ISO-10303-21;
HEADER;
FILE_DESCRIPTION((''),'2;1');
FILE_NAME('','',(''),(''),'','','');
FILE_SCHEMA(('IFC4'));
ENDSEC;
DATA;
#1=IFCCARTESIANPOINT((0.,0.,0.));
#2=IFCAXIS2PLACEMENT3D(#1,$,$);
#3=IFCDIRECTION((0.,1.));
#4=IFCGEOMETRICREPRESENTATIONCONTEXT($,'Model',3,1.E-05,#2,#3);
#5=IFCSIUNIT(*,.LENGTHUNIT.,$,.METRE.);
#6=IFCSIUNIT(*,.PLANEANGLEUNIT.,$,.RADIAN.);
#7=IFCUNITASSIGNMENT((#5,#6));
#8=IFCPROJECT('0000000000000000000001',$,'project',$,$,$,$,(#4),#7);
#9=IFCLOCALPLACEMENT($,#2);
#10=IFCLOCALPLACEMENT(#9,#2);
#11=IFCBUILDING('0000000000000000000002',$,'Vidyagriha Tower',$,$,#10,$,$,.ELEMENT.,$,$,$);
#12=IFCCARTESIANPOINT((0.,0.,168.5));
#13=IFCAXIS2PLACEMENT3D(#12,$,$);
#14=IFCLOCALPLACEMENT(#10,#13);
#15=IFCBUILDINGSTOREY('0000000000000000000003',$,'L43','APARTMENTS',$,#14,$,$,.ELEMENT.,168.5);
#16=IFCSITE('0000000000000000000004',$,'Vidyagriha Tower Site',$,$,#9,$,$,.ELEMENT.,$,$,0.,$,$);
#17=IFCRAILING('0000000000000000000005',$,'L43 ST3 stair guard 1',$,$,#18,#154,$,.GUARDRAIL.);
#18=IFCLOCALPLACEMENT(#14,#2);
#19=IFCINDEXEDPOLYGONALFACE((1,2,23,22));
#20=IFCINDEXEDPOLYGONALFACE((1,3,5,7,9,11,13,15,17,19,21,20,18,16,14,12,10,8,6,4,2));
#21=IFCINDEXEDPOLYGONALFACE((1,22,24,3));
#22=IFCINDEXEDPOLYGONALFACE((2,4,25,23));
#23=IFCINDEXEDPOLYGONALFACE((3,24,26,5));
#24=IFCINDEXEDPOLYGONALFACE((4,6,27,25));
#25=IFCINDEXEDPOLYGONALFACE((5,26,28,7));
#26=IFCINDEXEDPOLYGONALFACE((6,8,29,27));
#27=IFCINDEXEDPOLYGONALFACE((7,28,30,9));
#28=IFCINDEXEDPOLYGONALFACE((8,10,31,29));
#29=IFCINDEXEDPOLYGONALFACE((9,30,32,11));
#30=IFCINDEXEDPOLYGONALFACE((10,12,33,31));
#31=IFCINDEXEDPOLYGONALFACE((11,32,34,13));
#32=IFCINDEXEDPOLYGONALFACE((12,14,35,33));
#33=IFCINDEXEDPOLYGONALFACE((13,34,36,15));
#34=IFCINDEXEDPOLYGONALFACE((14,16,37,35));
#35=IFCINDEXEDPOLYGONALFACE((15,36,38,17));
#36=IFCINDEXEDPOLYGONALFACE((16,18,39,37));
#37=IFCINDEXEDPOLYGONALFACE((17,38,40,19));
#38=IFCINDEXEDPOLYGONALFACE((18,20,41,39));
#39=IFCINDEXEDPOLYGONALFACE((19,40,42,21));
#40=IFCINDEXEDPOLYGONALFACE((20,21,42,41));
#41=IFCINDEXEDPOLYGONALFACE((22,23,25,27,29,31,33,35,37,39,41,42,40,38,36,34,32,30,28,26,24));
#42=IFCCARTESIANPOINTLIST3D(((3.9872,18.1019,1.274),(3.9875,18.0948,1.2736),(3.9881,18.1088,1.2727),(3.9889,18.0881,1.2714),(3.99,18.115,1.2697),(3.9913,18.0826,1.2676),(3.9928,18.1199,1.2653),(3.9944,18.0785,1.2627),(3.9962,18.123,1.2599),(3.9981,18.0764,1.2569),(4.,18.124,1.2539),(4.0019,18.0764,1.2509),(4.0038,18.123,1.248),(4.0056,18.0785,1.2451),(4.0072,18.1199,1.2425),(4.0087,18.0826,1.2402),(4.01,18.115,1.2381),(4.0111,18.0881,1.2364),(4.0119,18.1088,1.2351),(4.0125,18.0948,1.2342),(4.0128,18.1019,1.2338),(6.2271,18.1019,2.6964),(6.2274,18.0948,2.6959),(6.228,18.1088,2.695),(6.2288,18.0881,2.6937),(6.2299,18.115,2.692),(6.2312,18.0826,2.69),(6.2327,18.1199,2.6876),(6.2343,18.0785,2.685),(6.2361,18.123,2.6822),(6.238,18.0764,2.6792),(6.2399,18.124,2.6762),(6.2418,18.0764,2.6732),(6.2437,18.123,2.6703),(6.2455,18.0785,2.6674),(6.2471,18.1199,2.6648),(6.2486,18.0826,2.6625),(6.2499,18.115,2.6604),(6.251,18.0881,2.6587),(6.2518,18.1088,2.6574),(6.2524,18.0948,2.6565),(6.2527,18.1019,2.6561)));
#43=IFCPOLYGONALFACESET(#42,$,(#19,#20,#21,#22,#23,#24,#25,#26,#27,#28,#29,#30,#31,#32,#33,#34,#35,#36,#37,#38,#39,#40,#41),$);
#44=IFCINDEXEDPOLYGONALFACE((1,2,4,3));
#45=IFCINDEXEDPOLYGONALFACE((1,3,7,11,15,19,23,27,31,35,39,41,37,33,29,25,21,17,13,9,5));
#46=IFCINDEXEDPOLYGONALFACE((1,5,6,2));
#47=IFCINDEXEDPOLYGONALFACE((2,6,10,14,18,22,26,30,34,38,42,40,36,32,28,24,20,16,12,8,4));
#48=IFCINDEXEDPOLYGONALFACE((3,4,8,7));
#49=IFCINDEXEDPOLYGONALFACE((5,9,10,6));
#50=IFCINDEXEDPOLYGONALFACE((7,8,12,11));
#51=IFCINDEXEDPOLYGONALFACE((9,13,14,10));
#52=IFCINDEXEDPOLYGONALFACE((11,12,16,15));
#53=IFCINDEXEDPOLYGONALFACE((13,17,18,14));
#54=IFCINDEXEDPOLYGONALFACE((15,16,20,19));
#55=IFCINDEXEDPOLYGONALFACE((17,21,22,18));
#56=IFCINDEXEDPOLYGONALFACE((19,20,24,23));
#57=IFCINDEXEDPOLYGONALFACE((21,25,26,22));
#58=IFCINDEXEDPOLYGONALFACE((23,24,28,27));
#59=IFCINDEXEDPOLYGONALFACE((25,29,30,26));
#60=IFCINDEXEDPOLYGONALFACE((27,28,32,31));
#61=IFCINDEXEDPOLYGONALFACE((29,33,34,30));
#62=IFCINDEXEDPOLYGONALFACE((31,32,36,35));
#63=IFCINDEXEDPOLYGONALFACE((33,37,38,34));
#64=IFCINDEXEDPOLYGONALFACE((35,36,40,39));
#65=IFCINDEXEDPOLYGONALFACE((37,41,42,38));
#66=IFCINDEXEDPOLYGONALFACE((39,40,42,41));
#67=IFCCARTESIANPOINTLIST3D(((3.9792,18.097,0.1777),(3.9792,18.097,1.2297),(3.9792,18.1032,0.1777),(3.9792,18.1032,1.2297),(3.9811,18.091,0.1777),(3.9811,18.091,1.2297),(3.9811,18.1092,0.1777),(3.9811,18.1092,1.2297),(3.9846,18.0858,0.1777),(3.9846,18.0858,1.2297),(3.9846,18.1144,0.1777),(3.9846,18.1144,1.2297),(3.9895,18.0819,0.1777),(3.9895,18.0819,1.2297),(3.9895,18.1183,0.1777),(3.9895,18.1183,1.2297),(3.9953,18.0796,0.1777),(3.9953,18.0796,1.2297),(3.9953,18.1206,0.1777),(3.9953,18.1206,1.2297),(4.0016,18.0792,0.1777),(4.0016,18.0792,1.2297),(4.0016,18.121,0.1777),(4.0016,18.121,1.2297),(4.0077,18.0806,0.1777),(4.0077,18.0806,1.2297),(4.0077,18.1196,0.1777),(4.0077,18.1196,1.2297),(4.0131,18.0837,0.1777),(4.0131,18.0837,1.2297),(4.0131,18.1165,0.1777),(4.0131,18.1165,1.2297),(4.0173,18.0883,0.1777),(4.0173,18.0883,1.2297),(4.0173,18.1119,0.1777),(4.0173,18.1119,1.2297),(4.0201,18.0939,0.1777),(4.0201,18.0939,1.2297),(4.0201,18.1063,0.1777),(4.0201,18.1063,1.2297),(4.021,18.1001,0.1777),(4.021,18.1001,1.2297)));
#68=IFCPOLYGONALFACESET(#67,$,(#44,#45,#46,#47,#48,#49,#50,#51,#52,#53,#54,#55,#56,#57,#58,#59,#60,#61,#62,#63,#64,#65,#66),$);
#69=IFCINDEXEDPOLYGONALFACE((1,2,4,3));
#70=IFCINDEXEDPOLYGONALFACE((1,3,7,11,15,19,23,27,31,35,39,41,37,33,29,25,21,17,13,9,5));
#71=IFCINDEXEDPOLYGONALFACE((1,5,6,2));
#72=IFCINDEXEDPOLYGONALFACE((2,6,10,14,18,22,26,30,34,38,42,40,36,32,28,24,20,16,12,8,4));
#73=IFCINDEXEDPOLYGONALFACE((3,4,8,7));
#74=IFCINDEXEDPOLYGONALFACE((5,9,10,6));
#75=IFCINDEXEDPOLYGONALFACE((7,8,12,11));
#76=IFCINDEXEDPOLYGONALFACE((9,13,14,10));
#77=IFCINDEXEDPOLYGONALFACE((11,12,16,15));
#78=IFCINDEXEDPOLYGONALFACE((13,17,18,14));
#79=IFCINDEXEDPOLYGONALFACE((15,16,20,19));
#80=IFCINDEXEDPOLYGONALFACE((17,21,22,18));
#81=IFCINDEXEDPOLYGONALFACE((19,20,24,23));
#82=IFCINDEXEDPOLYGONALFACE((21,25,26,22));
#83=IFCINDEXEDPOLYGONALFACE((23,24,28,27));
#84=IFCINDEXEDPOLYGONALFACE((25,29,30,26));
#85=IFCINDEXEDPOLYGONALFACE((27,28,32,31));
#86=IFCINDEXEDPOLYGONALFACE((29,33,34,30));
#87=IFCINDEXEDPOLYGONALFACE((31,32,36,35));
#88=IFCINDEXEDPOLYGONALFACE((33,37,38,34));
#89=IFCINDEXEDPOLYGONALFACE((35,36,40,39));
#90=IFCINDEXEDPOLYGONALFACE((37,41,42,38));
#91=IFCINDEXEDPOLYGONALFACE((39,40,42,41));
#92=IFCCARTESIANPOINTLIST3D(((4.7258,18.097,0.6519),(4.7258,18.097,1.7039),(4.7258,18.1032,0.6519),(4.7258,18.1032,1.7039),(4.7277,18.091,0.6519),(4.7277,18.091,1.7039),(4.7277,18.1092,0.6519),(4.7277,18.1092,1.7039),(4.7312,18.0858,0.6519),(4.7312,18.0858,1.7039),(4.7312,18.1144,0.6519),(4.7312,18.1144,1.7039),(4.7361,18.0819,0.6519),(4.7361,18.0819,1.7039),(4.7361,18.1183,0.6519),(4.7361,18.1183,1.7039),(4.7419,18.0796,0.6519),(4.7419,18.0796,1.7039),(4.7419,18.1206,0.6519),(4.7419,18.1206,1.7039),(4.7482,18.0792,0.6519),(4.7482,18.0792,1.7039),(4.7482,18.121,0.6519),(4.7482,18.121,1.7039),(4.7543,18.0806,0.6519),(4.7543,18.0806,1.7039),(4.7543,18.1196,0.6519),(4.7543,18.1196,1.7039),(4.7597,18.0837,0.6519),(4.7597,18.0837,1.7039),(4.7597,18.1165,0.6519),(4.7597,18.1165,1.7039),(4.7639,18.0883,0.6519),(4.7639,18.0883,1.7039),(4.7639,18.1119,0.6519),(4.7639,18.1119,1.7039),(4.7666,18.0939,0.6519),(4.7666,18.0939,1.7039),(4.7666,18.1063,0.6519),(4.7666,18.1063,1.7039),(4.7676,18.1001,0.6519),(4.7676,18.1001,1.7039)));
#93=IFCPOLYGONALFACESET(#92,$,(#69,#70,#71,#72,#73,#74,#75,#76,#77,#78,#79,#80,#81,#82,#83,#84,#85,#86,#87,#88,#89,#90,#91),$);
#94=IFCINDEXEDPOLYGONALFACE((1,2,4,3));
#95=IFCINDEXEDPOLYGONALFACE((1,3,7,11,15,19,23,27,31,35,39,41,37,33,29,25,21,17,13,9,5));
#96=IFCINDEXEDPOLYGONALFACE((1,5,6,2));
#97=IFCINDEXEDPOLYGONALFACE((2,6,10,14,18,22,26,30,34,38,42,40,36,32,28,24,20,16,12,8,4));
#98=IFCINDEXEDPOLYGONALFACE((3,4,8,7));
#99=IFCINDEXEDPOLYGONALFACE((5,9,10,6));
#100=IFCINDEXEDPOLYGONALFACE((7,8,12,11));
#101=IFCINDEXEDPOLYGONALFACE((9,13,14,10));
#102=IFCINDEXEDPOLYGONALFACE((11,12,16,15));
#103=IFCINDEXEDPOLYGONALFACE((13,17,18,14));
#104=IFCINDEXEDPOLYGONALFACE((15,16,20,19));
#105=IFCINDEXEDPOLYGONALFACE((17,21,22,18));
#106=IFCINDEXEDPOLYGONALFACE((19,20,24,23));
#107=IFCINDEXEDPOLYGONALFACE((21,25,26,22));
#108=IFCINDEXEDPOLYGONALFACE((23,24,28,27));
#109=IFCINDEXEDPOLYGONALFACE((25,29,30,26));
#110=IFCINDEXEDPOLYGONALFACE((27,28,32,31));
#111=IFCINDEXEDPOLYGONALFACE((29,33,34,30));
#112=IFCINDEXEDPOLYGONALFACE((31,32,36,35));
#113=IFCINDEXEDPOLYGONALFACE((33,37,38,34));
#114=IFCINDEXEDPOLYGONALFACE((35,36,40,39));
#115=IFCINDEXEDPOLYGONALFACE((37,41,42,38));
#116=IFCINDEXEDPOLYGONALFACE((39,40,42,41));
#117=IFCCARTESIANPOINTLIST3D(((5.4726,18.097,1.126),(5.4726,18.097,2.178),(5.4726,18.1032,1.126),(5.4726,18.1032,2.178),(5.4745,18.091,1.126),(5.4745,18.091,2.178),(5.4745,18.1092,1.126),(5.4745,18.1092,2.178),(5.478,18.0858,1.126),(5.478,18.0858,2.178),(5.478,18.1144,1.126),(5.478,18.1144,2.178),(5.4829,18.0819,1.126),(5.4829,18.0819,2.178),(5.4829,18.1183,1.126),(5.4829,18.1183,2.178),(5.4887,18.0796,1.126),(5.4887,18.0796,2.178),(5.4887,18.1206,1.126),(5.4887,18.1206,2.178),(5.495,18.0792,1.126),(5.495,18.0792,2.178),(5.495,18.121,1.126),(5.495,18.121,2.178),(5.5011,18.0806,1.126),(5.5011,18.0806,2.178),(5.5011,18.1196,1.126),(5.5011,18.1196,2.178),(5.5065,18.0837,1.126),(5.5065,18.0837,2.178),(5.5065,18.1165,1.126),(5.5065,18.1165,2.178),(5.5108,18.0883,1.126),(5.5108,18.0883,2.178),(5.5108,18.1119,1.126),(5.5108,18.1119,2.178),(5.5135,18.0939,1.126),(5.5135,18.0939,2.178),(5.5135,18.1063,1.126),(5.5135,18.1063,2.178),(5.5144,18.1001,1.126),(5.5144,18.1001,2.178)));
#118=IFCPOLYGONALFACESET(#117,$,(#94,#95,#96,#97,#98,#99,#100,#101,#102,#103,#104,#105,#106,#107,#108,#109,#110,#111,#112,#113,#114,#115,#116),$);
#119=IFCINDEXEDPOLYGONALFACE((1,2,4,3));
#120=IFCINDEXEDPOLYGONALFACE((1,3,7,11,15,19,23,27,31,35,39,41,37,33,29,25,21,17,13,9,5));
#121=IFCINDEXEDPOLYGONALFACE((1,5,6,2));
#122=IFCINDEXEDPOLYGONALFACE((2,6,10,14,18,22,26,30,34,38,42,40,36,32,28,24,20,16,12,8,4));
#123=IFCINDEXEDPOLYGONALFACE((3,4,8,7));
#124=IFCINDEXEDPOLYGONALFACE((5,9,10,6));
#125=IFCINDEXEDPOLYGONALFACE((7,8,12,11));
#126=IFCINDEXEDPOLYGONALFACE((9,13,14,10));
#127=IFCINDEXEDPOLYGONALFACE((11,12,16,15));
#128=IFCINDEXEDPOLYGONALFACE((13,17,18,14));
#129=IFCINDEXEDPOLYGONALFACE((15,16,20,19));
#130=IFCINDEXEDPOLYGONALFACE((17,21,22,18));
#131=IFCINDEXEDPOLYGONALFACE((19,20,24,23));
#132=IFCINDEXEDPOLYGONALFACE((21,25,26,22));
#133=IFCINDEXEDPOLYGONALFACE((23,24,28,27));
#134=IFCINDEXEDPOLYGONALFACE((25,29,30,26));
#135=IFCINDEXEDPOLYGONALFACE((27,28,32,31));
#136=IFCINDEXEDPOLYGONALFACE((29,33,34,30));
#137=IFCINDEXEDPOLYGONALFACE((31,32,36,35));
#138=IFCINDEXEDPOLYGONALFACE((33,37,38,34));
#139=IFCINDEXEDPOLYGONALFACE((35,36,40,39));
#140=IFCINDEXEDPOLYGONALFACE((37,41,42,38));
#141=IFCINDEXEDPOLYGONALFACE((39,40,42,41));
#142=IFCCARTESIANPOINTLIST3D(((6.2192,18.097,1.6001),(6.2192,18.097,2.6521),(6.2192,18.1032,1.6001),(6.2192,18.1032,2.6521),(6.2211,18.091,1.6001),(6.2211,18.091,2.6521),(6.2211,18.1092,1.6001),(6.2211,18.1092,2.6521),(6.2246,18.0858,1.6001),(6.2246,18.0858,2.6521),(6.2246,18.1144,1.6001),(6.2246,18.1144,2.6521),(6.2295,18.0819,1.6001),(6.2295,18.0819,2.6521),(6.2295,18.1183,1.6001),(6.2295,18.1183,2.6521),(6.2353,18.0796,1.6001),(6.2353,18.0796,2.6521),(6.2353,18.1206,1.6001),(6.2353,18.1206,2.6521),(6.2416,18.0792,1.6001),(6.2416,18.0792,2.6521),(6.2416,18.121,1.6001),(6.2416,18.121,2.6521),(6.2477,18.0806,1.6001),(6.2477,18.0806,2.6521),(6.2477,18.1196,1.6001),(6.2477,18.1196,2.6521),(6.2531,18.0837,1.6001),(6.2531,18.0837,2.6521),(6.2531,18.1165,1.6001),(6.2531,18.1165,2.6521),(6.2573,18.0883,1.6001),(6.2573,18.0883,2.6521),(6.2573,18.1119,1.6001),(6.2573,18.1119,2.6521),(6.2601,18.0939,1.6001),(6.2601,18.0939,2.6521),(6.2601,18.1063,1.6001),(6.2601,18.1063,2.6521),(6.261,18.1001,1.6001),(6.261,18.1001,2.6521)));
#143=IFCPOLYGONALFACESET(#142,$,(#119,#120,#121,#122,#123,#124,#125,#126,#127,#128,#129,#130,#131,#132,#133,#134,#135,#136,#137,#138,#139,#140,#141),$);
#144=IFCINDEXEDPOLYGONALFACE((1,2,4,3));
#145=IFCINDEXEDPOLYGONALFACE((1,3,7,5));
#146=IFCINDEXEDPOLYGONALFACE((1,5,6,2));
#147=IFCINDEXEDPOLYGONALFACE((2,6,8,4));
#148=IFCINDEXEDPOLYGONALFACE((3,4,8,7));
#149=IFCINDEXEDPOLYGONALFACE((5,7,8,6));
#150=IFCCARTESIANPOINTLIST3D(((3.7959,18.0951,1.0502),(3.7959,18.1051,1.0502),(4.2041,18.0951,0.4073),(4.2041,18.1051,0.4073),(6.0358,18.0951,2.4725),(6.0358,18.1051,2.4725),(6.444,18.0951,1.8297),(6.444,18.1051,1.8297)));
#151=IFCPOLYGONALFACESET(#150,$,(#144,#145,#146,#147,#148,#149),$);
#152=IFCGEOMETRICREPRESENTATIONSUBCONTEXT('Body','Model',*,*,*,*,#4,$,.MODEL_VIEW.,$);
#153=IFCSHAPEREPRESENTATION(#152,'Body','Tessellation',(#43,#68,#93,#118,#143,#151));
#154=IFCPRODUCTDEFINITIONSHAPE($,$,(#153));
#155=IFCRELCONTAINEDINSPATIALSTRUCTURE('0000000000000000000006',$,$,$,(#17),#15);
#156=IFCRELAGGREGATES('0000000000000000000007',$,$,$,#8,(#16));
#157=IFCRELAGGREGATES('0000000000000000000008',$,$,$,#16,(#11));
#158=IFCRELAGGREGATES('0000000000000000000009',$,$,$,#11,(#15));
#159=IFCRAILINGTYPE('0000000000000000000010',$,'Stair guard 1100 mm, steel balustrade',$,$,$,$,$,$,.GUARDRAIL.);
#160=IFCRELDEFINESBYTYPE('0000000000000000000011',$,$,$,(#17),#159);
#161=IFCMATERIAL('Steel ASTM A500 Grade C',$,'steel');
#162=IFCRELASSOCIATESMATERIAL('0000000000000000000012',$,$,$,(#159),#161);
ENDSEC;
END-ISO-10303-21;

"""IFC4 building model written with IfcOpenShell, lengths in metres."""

from ifc_helpers import new_model, si_unit, direction, frame, origin, origin_2d, place, context, subcontext, project, spatial, rectangle, circle, extrude, material, type_object, element, save


model = new_model("IFC4")

# Units and contexts
model_context = context("Model", 3, precision=1e-05, world=origin(), true_north=direction((0.0, 1.0)))
body_context = subcontext(model_context, "Body", "Model", "MODEL_VIEW")
ifc_project = project(units=[si_unit("LENGTHUNIT", "METRE"), si_unit("PLANEANGLEUNIT", "RADIAN")], contexts=[model_context])

# Site, building, storey
site_placement = place(None, origin())
site = spatial("IfcSite", under=ifc_project, at=site_placement, Name="Vidyagriha Tower Site", CompositionType="ELEMENT", RefElevation=0.0)
building_placement = place(site_placement, origin())
building = spatial("IfcBuilding", under=site, at=building_placement, Name="Vidyagriha Tower", CompositionType="ELEMENT")
storey_placement = place(building_placement, frame((0.0, 0.0, 168.5)))
storey = spatial("IfcBuildingStorey", under=building, at=storey_placement, Name="L43", Description="APARTMENTS", CompositionType="ELEMENT", Elevation=168.5)

# Railing
ifc_material_1 = material(Name="Steel ASTM A500 Grade C", Category="steel")
railing_type_1 = type_object("IfcRailingType", Name="Stair guard 1100 mm, steel balustrade", PredefinedType="GUARDRAIL", material=ifc_material_1)
railing_1_placement = place(storey_placement, frame((4.0, 18.1001, 0.1777)))
element("IfcRailing", 1, at=railing_1_placement, inside=storey, type_object=railing_type_1, Name="L43 ST3 stair guard 1", PredefinedType="GUARDRAIL", context=body_context, shape_type="SweptSolid", body=[
    extrude(circle(Radius=0.0239, at=origin_2d()), frame((0.0, 0.0, 1.0762), z_axis=(0.844188, 0.0, 0.536048), x_axis=(0.0, 1.0, 0.0)), (0.0, 0.0, 1.0), 2.6533),
    extrude(circle(Radius=0.021, at=origin_2d()), origin(), (0.0, 0.0, 1.0), 1.052),
    extrude(circle(Radius=0.021, at=origin_2d()), frame((0.7466, 0.0, 0.4741)), (0.0, 0.0, 1.0), 1.052),
    extrude(circle(Radius=0.021, at=origin_2d()), frame((1.4934, 0.0, 0.9482)), (0.0, 0.0, 1.0), 1.052),
    extrude(circle(Radius=0.021, at=origin_2d()), frame((2.24, 0.0, 1.4224)), (0.0, 0.0, 1.0), 1.052),
    extrude(rectangle(XDim=0.01, YDim=0.7615, at=origin_2d()), frame((0.0, 0.0, 0.551), z_axis=(0.844188, 0.0, 0.536048), x_axis=(0.0, 1.0, 0.0)), (0.0, 0.0, 1.0), 2.6533),
])

save(model, "model.ifc")
